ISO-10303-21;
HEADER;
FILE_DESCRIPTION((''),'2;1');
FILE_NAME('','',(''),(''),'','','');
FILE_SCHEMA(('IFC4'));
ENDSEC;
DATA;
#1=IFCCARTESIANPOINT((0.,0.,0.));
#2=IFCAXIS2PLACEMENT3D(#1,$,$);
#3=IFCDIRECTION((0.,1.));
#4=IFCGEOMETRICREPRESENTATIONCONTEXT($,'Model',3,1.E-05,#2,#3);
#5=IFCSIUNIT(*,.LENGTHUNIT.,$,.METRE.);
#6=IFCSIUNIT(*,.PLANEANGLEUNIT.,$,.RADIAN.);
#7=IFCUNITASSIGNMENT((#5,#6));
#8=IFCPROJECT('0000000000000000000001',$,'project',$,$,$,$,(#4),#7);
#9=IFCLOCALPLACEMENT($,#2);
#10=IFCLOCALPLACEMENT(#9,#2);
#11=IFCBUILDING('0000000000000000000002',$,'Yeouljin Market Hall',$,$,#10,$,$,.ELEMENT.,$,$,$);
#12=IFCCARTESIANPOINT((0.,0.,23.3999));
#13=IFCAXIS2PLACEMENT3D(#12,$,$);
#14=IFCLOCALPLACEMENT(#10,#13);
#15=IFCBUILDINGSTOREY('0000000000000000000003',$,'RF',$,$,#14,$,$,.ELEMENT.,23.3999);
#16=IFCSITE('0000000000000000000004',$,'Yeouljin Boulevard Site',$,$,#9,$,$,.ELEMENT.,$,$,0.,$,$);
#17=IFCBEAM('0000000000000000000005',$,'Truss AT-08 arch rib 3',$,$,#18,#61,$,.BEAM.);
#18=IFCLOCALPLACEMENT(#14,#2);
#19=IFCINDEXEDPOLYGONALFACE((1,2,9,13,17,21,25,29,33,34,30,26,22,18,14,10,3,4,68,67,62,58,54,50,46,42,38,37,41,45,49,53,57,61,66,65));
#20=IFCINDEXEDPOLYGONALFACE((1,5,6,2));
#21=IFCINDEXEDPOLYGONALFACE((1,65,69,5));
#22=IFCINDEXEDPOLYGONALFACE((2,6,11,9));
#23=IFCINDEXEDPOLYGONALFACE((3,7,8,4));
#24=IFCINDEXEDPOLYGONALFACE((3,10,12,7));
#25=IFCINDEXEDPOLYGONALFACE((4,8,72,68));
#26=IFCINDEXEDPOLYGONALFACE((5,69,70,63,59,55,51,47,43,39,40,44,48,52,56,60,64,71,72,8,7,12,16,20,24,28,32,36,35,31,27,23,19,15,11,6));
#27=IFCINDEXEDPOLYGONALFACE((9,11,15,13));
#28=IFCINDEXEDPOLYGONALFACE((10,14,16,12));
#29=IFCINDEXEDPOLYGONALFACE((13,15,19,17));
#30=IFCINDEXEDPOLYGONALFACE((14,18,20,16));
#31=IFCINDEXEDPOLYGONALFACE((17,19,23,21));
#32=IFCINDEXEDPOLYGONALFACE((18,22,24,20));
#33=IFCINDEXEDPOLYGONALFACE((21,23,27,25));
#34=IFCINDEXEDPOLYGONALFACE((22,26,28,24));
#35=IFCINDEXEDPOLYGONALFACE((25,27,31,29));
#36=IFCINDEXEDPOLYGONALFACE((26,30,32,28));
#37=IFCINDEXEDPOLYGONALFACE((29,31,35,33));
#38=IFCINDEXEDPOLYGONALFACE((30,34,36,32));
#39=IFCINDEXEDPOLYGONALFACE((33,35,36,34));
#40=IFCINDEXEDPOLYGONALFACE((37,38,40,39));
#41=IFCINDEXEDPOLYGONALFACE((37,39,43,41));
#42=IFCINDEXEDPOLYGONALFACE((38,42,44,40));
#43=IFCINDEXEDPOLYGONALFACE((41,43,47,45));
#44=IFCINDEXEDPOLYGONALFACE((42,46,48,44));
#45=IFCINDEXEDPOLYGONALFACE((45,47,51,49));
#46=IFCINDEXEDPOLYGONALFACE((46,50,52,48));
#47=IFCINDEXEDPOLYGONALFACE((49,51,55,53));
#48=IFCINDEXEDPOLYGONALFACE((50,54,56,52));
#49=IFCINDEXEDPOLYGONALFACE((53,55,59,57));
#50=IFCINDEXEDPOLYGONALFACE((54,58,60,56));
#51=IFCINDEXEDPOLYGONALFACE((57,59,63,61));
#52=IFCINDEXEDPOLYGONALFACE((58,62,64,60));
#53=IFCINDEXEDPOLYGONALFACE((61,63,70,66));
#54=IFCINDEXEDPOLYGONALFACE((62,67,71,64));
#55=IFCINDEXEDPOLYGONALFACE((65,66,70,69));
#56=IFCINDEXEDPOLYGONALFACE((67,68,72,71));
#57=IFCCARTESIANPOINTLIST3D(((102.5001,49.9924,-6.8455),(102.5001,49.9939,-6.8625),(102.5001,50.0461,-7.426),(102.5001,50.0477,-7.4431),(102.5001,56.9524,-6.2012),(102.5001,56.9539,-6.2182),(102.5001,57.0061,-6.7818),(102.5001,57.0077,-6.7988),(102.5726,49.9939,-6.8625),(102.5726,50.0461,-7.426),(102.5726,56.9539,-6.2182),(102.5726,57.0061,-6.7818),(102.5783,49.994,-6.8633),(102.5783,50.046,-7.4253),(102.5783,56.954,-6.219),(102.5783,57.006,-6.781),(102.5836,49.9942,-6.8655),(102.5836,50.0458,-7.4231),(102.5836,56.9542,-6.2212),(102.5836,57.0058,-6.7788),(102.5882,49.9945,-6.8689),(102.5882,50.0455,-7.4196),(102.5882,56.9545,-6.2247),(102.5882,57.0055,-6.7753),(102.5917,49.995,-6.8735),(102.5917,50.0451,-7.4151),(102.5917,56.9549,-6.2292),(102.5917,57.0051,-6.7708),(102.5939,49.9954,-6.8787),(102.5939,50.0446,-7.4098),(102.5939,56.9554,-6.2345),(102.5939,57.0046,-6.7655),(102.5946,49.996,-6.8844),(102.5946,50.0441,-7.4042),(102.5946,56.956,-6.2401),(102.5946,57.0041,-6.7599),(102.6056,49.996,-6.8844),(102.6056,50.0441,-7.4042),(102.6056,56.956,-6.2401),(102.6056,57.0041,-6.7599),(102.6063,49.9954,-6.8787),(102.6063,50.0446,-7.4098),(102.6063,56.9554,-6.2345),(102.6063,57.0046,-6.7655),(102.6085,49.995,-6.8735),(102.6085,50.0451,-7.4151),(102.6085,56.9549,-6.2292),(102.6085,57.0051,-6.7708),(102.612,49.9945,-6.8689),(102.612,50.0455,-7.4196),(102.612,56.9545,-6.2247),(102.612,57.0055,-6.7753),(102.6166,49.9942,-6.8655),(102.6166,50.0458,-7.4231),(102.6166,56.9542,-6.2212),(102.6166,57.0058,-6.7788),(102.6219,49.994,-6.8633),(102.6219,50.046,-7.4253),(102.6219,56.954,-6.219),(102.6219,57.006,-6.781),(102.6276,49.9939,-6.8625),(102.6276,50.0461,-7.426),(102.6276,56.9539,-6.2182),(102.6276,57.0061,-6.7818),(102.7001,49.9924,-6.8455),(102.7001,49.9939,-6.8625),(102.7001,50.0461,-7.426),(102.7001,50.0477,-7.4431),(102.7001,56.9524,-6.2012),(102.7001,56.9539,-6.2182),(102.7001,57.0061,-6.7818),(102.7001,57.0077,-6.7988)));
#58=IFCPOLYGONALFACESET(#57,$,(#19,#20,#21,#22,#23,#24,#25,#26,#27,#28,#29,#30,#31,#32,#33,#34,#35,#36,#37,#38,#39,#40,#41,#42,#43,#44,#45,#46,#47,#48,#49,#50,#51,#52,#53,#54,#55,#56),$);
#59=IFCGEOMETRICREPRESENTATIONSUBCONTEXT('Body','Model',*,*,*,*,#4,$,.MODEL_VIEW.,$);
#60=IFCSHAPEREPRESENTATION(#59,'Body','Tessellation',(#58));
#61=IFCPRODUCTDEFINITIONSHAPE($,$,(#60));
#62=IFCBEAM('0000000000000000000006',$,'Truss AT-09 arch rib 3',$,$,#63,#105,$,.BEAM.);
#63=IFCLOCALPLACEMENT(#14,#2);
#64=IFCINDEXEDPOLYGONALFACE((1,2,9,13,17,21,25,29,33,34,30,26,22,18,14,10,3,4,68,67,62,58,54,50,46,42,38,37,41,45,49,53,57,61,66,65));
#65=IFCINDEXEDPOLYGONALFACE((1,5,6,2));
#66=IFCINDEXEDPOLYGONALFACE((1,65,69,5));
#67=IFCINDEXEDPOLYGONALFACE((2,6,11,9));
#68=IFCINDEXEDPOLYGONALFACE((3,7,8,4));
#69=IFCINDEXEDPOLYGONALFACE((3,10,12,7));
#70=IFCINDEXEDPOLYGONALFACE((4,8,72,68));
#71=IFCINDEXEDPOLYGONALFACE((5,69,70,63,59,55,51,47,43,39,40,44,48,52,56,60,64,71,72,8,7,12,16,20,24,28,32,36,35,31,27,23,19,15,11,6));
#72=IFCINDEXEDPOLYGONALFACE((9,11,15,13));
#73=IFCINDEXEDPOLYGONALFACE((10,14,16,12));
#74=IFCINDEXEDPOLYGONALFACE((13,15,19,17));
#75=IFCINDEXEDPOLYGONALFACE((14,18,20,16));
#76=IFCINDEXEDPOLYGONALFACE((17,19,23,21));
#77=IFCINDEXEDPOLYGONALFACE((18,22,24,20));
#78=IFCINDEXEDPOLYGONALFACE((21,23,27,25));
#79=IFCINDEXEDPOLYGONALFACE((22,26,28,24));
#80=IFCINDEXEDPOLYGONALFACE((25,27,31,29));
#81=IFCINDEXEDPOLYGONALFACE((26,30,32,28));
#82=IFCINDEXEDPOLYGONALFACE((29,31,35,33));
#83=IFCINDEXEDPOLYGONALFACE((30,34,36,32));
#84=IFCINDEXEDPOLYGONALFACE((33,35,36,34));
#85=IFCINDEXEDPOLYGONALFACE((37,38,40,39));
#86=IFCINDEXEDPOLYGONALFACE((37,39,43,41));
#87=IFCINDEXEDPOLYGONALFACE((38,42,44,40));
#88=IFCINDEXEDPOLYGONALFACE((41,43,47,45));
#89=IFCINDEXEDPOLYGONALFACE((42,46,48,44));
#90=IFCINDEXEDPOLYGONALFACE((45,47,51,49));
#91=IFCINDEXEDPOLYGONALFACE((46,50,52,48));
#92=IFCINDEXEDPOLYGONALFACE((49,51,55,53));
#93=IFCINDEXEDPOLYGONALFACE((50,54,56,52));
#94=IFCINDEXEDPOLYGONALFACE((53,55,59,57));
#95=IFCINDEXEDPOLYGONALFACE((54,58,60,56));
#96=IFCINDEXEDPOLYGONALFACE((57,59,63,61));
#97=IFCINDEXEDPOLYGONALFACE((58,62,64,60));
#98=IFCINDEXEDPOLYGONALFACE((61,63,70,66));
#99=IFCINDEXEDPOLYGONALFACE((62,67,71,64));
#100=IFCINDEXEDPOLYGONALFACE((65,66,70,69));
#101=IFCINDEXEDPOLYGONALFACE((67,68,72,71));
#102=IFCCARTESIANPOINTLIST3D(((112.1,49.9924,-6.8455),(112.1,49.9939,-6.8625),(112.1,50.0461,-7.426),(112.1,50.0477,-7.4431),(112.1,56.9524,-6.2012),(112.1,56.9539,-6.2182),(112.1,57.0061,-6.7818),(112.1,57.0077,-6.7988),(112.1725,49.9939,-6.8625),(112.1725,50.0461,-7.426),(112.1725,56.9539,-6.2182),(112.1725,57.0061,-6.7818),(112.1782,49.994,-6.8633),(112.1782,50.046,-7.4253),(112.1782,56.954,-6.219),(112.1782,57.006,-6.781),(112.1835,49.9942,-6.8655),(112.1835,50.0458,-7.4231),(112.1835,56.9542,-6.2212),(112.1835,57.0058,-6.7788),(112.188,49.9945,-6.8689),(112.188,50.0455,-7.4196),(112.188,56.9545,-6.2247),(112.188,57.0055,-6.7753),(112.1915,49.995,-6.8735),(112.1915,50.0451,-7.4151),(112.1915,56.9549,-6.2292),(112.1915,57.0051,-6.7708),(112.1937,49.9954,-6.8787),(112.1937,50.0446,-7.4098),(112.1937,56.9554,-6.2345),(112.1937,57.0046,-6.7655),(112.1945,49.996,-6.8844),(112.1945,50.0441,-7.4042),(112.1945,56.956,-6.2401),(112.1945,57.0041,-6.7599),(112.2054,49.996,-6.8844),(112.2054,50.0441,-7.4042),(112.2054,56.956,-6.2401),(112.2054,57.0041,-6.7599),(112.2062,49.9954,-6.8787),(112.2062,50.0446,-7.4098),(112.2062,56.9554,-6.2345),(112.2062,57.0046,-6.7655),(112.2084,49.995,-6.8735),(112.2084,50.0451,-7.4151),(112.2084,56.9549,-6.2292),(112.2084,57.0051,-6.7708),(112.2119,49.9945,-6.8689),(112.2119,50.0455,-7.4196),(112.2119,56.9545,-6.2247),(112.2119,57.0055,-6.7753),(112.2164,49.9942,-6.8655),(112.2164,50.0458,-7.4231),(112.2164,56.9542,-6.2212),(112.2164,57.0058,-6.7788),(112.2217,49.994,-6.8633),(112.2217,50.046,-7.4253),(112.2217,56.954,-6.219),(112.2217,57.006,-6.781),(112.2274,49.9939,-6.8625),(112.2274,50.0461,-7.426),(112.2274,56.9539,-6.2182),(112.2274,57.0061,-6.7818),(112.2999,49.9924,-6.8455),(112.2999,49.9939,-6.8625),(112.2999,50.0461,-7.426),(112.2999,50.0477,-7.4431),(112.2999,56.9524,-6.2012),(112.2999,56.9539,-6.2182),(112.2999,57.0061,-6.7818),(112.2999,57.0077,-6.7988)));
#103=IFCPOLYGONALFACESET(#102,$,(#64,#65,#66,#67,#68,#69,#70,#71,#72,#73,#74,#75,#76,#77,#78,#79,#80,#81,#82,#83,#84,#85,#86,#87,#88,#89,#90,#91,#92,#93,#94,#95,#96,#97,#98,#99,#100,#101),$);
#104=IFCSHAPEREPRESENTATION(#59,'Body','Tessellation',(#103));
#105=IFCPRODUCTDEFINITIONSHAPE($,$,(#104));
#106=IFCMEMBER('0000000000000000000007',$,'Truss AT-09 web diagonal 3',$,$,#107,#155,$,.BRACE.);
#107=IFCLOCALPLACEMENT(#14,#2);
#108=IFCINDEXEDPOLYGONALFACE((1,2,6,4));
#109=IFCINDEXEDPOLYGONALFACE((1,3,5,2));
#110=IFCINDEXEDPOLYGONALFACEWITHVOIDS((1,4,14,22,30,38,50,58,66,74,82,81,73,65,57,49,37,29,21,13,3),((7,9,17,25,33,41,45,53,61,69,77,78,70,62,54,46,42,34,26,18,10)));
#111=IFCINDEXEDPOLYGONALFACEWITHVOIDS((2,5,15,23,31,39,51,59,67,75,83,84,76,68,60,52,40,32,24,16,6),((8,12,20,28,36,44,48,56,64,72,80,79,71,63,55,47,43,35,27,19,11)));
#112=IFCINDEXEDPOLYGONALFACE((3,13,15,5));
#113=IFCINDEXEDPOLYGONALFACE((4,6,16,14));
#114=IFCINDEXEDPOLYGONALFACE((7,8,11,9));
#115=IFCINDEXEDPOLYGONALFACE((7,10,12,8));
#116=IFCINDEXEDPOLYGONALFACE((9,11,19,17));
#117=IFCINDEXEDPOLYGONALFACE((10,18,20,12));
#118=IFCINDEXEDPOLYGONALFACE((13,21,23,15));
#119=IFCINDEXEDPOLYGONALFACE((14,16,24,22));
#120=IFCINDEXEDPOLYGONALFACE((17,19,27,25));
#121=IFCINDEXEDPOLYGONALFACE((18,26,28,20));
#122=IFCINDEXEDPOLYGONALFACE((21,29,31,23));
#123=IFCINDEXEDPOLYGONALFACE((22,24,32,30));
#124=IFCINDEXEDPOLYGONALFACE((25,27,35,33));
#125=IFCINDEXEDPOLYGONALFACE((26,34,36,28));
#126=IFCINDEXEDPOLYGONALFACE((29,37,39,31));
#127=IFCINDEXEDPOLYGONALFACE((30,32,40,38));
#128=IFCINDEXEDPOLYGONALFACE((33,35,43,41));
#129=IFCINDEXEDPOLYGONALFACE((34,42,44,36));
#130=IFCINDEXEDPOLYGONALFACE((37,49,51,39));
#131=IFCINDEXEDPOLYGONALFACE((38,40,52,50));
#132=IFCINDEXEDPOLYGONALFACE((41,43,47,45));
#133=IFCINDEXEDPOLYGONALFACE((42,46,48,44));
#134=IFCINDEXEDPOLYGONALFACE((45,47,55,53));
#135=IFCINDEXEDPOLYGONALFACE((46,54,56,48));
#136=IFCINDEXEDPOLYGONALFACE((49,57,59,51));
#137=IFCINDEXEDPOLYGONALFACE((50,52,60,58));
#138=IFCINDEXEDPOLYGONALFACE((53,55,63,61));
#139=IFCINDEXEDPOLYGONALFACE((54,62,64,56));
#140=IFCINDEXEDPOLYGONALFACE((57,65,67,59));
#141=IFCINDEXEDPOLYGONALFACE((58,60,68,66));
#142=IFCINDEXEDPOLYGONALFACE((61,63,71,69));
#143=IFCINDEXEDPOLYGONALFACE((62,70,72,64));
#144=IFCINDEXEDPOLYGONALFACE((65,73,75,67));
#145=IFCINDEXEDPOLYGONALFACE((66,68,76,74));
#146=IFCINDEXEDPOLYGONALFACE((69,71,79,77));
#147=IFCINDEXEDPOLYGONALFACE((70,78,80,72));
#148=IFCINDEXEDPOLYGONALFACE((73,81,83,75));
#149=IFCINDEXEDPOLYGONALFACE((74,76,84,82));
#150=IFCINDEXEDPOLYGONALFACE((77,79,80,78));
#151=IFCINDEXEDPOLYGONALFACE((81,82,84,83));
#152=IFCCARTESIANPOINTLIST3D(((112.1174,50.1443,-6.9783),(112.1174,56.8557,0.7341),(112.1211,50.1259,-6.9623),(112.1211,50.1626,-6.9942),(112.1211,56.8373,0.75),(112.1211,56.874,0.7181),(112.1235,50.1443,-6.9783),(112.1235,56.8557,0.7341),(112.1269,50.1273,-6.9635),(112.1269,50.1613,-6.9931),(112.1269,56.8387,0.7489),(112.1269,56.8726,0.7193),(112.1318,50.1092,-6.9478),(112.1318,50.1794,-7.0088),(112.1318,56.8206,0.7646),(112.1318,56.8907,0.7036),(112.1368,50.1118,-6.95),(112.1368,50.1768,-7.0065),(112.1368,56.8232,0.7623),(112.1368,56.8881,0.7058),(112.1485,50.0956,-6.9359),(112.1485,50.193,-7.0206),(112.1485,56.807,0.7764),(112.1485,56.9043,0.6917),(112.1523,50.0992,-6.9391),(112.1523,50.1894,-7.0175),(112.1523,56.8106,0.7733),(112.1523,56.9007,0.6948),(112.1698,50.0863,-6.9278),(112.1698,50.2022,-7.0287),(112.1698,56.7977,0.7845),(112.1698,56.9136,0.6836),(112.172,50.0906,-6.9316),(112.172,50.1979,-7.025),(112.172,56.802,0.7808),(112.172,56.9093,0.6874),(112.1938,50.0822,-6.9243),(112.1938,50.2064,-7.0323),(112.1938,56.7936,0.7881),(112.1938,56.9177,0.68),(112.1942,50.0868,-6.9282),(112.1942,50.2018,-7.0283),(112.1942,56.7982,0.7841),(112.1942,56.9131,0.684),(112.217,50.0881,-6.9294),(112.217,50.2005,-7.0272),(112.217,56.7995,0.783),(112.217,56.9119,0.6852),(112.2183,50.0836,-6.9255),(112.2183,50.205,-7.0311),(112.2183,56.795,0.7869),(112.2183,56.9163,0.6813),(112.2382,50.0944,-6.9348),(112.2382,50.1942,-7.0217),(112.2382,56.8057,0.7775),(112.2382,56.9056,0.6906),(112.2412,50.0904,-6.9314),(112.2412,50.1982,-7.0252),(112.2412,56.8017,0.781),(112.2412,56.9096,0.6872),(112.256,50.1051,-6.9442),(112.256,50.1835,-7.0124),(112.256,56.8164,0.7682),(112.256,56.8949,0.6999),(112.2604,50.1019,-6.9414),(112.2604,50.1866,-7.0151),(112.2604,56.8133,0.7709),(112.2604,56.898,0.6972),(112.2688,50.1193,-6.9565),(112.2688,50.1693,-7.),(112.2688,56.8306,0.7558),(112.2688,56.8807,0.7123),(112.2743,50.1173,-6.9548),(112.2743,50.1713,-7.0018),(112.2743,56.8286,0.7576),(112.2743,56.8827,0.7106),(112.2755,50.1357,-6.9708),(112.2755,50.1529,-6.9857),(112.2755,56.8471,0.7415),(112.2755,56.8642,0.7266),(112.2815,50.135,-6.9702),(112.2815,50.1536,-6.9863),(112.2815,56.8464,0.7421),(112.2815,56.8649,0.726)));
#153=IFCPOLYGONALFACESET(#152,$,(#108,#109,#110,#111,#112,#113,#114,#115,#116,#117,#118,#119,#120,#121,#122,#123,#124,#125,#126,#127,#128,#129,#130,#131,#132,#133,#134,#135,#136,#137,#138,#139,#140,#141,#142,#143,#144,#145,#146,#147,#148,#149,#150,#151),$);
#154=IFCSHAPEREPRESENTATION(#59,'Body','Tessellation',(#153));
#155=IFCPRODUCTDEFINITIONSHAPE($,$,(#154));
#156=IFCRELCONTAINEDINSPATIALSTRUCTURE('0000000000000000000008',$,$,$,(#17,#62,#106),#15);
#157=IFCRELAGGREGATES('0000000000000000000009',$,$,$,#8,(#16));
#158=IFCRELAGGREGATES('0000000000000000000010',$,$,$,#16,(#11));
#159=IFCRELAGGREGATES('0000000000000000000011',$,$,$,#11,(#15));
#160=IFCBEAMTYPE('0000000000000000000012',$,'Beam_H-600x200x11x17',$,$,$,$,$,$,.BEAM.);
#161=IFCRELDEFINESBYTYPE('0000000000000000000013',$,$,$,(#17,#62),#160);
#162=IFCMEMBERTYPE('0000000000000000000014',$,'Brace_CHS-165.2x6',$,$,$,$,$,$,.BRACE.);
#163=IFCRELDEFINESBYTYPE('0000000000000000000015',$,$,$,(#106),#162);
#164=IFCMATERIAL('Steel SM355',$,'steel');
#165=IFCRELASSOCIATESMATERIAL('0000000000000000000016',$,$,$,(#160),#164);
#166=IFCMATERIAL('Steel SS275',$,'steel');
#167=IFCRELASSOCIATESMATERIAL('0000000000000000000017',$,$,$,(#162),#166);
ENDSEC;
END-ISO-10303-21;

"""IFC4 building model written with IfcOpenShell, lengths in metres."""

from ifc_helpers import new_model, si_unit, direction, frame, origin, origin_2d, place, context, subcontext, project, spatial, hollow_circle, i_section, extrude, material, material_profile, profile_set, type_object, element, save


model = new_model("IFC4")

# Units and contexts
model_context = context("Model", 3, precision=1e-05, world=origin(), true_north=direction((0.0, 1.0)))
body_context = subcontext(model_context, "Body", "Model", "MODEL_VIEW")
ifc_project = project(units=[si_unit("LENGTHUNIT", "METRE"), si_unit("PLANEANGLEUNIT", "RADIAN")], contexts=[model_context])

# Site, building, storey
site_placement = place(None, origin())
site = spatial("IfcSite", under=ifc_project, at=site_placement, Name="Yeouljin Boulevard Site", CompositionType="ELEMENT", RefElevation=0.0)
building_placement = place(site_placement, origin())
building = spatial("IfcBuilding", under=site, at=building_placement, Name="Yeouljin Market Hall", CompositionType="ELEMENT")
storey_placement = place(building_placement, frame((0.0, 0.0, 23.3999)))
storey = spatial("IfcBuildingStorey", under=building, at=storey_placement, Name="RF", CompositionType="ELEMENT", Elevation=23.3999)

# Beams
ifc_material_1 = material(Name="Steel SM355", Category="steel")
ifc_material_profile_1 = material_profile(ifc_material_1, i_section(OverallWidth=0.2, OverallDepth=0.6001, WebThickness=0.011, FlangeThickness=0.0171, FilletRadius=0.022, at=origin_2d()), Name="H-600x200x11x17")
ifc_profile_set_1 = profile_set([ifc_material_profile_1], Name="Steel SM355")
beam_type = type_object("IfcBeamType", Name="Beam_H-600x200x11x17", PredefinedType="BEAM", material=ifc_profile_set_1)
for number, where, z_axis, x_axis, name in (
    (1, (102.6001, 50.02, -7.1443), (0.0, 0.995743, 0.092176), (-1.0, 0.0, 0.0), "Truss AT-08 arch rib 3"),
    (2, (112.2, 50.02, -7.1443), (0.0, 0.995743, 0.092176), (-1.0, 0.0, 0.0), "Truss AT-09 arch rib 3"),
):
    element("IfcBeam", number, at=place(storey_placement, frame(where, z_axis=z_axis, x_axis=x_axis)), inside=storey, type_object=beam_type, Name=name, PredefinedType="BEAM", context=body_context, shape_type="SweptSolid", body=[
        extrude(i_section(OverallWidth=0.2, OverallDepth=0.6001, WebThickness=0.011, FlangeThickness=0.0171, FilletRadius=0.022, at=origin_2d()), origin(), (0.0, 0.0, 1.0), 6.9897),
    ])

# Member
ifc_material_2 = material(Name="Steel SS275", Category="steel")
ifc_material_profile_2 = material_profile(ifc_material_2, hollow_circle(Radius=0.0825, WallThickness=0.0061, at=origin_2d()), Name="CHS-165.2x6")
ifc_profile_set_2 = profile_set([ifc_material_profile_2], Name="Steel SS275")
member_type_1 = type_object("IfcMemberType", Name="Brace_CHS-165.2x6", PredefinedType="BRACE", material=ifc_profile_set_2)
member_1_placement = place(storey_placement, frame((112.2, 50.1443, -6.9783), z_axis=(0.0, 0.656457, 0.754364), x_axis=(-1.0, 0.0, 0.0)))
element("IfcMember", 3, at=member_1_placement, inside=storey, type_object=member_type_1, Name="Truss AT-09 web diagonal 3", PredefinedType="BRACE", context=body_context, shape_type="SweptSolid", body=[
    extrude(hollow_circle(Radius=0.0825, WallThickness=0.0061, at=origin_2d()), origin(), (0.0, 0.0, 1.0), 10.2236),
])

save(model, "model.ifc")
